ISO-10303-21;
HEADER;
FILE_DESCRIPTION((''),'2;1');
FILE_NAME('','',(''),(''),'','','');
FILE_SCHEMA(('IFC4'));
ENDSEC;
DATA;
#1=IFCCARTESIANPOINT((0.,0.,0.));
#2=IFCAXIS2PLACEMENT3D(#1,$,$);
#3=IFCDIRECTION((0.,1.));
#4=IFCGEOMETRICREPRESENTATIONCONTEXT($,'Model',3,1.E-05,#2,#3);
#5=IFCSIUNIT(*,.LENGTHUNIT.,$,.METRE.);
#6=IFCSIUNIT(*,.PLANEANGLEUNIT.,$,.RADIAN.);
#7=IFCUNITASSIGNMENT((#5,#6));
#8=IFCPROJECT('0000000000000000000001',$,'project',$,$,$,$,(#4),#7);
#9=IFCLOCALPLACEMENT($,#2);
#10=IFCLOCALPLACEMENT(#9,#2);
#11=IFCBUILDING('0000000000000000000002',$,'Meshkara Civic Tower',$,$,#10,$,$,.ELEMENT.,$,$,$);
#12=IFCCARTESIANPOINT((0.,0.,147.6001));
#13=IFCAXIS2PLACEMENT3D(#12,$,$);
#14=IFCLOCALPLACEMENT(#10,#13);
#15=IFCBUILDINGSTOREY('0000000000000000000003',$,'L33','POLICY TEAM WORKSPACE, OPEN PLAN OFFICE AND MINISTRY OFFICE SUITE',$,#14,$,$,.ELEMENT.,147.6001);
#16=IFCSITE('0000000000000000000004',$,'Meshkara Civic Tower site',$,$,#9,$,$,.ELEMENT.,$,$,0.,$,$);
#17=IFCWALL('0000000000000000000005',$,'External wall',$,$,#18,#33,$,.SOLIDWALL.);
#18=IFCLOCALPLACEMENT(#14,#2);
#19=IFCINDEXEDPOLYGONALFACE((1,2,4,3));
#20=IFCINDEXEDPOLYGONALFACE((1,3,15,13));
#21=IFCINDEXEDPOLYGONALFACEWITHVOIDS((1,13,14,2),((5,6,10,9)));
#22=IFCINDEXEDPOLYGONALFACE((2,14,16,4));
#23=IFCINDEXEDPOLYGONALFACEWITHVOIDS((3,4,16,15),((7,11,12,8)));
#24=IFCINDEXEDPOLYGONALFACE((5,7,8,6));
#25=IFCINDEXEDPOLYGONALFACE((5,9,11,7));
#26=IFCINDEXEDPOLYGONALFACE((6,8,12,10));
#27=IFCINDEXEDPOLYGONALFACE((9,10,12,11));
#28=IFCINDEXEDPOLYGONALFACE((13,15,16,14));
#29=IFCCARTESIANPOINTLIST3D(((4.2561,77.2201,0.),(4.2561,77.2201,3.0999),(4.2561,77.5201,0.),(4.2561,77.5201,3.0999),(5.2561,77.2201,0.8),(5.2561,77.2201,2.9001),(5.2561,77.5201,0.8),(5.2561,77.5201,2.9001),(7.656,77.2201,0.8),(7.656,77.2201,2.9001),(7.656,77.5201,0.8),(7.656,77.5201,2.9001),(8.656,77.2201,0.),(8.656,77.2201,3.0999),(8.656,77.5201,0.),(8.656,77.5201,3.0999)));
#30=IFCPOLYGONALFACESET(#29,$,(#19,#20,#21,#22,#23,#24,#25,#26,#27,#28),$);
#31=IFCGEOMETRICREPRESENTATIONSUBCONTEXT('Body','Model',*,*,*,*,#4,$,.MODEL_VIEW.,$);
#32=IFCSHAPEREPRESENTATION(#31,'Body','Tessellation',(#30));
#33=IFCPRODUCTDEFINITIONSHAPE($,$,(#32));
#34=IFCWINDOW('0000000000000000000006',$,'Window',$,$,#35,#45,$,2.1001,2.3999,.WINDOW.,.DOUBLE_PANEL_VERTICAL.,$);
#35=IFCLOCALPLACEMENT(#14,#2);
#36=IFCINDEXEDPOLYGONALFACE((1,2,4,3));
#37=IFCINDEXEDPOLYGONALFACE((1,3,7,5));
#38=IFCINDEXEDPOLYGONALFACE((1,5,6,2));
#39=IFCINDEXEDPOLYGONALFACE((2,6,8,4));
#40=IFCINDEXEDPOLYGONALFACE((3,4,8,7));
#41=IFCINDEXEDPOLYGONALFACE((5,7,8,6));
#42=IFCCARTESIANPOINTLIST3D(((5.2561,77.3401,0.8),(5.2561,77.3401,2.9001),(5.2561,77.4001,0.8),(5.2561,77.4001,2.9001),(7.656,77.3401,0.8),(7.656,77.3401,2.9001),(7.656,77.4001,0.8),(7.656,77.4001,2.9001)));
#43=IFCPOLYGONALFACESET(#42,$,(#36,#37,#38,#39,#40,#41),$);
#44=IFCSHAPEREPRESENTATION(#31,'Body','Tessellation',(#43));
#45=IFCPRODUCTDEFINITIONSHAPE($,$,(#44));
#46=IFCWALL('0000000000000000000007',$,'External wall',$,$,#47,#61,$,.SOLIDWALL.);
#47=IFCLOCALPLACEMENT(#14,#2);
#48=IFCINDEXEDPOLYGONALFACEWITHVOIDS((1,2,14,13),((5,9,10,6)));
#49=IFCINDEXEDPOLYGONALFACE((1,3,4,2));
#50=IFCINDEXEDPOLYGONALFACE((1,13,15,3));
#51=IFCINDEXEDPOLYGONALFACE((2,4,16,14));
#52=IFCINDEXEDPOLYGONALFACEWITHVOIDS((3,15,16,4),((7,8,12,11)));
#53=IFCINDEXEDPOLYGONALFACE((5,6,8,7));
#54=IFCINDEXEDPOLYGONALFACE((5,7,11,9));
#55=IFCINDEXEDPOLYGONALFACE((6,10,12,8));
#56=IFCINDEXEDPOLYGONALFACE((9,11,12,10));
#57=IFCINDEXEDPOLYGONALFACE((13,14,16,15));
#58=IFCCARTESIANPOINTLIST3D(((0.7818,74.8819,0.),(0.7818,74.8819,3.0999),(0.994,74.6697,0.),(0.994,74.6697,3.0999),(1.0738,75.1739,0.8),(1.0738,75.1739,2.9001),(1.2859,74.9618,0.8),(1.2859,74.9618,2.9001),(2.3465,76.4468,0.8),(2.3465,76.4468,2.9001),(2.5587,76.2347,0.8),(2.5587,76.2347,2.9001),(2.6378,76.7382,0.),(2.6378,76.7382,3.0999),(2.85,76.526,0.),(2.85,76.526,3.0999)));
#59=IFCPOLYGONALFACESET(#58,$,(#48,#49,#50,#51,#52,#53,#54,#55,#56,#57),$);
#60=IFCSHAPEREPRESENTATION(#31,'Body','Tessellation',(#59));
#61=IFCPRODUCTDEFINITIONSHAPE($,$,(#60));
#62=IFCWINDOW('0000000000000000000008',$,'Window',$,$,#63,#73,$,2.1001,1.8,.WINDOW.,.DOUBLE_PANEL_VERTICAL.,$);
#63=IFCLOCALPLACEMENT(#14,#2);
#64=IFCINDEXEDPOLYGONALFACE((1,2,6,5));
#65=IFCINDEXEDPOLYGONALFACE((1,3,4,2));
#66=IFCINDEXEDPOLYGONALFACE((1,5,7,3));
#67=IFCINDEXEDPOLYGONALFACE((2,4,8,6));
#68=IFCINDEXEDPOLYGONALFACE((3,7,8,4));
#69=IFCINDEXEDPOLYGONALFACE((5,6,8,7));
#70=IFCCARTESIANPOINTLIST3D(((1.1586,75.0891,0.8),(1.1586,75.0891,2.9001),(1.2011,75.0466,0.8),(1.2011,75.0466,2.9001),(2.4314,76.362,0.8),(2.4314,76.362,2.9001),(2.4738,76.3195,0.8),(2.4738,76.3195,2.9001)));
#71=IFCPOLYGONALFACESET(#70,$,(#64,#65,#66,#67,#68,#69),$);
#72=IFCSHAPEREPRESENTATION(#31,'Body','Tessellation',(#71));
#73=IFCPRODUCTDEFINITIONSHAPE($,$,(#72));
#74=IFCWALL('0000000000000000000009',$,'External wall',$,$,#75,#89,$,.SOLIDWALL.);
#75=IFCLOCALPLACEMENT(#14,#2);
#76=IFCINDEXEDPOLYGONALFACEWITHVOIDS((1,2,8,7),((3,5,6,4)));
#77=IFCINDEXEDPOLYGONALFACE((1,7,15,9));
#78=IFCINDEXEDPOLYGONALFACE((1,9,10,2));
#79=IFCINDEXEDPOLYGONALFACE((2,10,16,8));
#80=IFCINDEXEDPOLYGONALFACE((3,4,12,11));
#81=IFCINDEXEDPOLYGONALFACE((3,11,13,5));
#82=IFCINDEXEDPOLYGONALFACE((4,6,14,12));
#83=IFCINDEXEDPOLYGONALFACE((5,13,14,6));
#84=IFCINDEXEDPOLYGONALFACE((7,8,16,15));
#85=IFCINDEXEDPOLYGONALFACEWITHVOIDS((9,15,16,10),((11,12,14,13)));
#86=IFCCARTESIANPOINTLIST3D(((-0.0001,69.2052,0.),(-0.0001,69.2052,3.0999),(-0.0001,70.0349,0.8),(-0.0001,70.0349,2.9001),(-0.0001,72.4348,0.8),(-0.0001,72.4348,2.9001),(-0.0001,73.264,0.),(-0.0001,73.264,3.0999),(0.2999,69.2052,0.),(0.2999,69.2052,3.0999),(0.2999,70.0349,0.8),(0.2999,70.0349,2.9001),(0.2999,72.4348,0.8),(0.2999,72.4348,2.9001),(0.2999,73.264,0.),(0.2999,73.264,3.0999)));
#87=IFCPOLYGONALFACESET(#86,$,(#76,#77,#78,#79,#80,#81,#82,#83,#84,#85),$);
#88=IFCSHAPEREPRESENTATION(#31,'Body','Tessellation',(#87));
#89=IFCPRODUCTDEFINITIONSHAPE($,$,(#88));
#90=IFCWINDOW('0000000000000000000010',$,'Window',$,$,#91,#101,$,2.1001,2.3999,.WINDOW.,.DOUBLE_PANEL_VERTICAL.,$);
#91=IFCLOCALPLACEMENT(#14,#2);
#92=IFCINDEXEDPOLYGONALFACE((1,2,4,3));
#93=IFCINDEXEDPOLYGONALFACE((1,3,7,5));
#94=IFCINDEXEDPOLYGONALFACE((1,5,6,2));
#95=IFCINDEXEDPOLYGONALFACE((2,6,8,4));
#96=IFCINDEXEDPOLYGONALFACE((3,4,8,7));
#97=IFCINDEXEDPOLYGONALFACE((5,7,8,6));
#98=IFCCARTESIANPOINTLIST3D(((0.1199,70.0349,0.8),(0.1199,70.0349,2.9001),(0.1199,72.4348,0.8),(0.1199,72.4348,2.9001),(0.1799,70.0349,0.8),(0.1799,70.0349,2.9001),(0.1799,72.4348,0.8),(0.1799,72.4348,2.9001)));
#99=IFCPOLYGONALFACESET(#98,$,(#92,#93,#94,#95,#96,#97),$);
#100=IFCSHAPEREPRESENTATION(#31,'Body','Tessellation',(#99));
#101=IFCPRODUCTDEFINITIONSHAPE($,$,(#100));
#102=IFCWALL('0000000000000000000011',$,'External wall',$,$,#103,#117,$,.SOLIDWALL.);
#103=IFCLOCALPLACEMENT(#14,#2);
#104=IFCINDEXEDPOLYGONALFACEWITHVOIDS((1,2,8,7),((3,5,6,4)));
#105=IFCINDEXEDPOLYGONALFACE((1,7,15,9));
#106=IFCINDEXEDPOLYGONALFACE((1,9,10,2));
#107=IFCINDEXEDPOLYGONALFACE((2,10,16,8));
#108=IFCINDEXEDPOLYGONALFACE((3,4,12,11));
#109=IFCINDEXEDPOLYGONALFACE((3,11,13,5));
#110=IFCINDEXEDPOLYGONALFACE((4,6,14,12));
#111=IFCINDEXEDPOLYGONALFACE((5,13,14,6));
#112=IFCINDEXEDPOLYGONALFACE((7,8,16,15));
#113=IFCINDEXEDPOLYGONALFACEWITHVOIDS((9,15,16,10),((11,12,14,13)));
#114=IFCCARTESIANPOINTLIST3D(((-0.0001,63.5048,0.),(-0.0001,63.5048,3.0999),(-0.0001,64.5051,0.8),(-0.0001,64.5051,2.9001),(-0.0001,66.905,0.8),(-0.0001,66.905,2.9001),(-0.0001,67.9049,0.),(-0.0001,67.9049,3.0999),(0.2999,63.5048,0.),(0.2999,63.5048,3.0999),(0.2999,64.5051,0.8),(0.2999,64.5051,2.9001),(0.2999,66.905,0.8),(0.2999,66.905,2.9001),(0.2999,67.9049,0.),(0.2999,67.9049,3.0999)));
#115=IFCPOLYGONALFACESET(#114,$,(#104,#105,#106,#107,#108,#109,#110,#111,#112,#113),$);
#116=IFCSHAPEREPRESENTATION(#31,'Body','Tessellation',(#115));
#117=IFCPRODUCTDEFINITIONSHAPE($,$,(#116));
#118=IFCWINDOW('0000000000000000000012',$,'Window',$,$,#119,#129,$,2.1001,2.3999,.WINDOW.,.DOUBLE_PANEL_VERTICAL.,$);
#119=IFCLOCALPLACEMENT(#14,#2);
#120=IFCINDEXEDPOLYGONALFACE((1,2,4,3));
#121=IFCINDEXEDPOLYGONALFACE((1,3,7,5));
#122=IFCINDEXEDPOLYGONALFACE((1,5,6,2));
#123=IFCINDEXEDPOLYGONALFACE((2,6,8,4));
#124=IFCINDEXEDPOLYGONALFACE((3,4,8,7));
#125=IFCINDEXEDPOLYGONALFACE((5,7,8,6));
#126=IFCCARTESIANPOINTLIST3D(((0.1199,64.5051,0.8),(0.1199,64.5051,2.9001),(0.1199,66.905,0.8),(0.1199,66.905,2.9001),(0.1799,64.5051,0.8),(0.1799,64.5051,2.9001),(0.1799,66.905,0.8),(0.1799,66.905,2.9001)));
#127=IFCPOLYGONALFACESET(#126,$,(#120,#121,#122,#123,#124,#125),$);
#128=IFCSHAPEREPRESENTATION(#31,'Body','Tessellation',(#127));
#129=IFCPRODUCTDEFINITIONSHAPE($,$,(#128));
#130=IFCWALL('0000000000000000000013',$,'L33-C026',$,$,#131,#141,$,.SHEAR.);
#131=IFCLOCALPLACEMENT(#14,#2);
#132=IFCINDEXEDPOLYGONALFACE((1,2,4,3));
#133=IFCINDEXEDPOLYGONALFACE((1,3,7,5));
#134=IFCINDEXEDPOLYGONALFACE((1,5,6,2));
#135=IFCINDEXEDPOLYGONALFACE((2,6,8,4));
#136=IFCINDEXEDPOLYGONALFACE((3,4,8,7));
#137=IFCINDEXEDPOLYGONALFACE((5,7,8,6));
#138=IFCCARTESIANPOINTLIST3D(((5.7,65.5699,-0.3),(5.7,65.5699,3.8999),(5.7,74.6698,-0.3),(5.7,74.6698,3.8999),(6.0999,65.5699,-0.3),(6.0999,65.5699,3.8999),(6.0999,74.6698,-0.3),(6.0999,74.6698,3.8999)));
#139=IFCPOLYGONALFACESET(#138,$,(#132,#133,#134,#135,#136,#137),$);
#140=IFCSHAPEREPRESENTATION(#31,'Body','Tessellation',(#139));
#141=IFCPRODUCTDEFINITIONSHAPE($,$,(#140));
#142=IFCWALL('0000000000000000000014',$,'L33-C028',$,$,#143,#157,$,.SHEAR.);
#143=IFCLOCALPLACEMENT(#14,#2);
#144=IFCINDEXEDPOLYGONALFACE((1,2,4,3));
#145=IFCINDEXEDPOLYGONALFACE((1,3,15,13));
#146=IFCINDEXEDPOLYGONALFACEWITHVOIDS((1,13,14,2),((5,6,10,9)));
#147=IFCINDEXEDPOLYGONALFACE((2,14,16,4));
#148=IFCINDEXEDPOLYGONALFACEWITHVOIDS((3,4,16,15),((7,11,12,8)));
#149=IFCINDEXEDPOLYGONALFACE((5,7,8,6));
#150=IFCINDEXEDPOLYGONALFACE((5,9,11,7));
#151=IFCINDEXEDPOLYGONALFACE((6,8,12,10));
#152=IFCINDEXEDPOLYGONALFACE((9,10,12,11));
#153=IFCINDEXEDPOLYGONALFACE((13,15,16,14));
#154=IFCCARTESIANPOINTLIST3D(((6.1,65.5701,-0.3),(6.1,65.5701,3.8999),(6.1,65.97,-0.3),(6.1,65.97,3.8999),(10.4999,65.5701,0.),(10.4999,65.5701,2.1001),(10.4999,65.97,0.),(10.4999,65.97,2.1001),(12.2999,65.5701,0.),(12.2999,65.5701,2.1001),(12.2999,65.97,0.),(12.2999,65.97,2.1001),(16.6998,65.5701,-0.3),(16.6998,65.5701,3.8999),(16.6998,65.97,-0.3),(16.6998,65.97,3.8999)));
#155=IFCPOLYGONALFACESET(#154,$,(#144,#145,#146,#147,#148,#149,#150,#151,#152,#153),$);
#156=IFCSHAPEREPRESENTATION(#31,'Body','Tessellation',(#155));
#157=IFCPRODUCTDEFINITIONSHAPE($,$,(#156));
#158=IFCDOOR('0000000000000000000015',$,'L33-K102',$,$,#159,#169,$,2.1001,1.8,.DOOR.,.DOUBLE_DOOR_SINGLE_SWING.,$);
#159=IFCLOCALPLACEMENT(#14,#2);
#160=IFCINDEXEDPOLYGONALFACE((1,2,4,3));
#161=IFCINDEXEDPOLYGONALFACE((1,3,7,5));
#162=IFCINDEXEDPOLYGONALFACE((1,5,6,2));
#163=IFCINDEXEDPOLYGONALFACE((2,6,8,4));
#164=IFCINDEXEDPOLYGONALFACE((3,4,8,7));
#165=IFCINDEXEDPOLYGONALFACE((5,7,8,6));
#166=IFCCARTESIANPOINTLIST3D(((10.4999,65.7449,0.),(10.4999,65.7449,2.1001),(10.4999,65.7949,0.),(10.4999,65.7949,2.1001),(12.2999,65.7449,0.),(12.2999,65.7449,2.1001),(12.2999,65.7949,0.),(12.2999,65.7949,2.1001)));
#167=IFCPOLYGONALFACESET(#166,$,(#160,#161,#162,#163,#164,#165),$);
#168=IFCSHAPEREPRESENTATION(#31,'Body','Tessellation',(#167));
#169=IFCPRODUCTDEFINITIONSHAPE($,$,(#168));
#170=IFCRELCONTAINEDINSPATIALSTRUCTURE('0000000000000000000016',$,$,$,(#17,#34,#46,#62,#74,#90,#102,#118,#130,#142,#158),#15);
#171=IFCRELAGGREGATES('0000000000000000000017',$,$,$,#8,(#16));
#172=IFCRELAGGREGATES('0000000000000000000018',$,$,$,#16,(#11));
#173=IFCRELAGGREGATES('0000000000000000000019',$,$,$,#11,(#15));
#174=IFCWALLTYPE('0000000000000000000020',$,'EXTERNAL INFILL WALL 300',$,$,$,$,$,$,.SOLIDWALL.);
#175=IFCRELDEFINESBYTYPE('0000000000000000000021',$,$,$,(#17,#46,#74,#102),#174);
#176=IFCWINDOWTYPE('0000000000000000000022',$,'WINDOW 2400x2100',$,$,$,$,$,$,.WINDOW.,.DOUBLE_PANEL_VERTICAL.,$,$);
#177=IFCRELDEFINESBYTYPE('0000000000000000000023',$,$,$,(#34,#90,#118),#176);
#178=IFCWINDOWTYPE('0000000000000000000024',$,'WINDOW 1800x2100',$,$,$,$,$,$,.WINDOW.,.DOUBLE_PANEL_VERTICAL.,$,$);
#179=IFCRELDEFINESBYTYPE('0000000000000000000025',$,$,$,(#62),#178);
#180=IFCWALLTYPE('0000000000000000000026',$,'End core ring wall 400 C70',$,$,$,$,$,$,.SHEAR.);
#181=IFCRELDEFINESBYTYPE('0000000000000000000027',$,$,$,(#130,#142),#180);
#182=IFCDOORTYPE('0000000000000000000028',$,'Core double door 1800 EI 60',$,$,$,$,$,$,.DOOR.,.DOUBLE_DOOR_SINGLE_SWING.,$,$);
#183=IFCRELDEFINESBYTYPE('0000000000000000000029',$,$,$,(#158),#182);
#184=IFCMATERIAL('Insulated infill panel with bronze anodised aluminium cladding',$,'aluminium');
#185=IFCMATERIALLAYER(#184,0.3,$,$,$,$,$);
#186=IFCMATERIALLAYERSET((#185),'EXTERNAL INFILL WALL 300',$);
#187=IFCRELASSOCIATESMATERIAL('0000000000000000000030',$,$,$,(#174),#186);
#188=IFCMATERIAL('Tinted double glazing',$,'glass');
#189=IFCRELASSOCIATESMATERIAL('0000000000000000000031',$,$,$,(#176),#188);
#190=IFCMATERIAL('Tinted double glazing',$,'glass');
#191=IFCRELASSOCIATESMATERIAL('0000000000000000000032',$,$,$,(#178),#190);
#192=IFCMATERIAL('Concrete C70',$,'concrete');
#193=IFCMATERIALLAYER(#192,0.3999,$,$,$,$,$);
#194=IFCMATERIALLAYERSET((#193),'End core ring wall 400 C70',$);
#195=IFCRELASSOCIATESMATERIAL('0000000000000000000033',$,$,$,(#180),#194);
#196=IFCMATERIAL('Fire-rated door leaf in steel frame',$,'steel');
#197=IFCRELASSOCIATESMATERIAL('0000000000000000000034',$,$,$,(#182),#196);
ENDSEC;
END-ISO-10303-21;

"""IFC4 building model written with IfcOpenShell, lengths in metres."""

from ifc_helpers import new_model, si_unit, direction, frame, frame_2d, origin, place, context, subcontext, project, spatial, rectangle, extrude, material, layer, layer_set, type_object, element, fill, save


model = new_model("IFC4")

# Units and contexts
model_context = context("Model", 3, precision=1e-05, world=origin(), true_north=direction((0.0, 1.0)))
body_context = subcontext(model_context, "Body", "Model", "MODEL_VIEW")
ifc_project = project(units=[si_unit("LENGTHUNIT", "METRE"), si_unit("PLANEANGLEUNIT", "RADIAN")], contexts=[model_context])

# Site, building, storey
site_placement = place(None, origin())
site = spatial("IfcSite", under=ifc_project, at=site_placement, Name="Meshkara Civic Tower site", CompositionType="ELEMENT", RefElevation=0.0)
building_placement = place(site_placement, origin())
building = spatial("IfcBuilding", under=site, at=building_placement, Name="Meshkara Civic Tower", CompositionType="ELEMENT")
storey_placement = place(building_placement, frame((0.0, 0.0, 147.6001)))
storey = spatial("IfcBuildingStorey", under=building, at=storey_placement, Name="L33", Description="POLICY TEAM WORKSPACE, OPEN PLAN OFFICE AND MINISTRY OFFICE SUITE", CompositionType="ELEMENT", Elevation=147.6001)

# Walls, openings, windows
ifc_material_1 = material(Name="Insulated infill panel with bronze anodised aluminium cladding", Category="aluminium")
ifc_layer_1 = layer(ifc_material_1, 0.3)
ifc_layer_set_1 = layer_set([ifc_layer_1], Name="EXTERNAL INFILL WALL 300")
wall_type_1 = type_object("IfcWallType", Name="EXTERNAL INFILL WALL 300", PredefinedType="SOLIDWALL", material=ifc_layer_set_1)
wall_1_placement = place(storey_placement, frame((8.656, 77.3701, 0.0), z_axis=(0.0, 0.0, 1.0), x_axis=(-1.0, 0.0, 0.0)))
wall_1 = element("IfcWall", 1, at=wall_1_placement, inside=storey, type_object=wall_type_1, Name="External wall", PredefinedType="SOLIDWALL", context=body_context, shape_type="SweptSolid", body=[
    extrude(rectangle(XDim=4.3999, YDim=0.3, at=frame_2d((2.2, 0.0))), origin(), (0.0, 0.0, 1.0), 3.0999),
])
opening_1_placement = place(wall_1_placement, frame((1.0, 0.0, 0.8)))
opening_1 = element("IfcOpeningElement", 2, at=opening_1_placement, cuts=wall_1, PredefinedType="OPENING", context=body_context, shape_type="SweptSolid", body=[
    extrude(rectangle(XDim=2.3999, YDim=2.1001, at=frame_2d((1.2, 1.05))), frame((0.0, 0.1599, 0.0), z_axis=(0.0, -1.0, 0.0), x_axis=(1.0, 0.0, 0.0)), (0.0, 0.0, 1.0), 0.3201),
])
ifc_material_2 = material(Name="Tinted double glazing", Category="glass")
window_type_1 = type_object("IfcWindowType", Name="WINDOW 2400x2100", PartitioningType="DOUBLE_PANEL_VERTICAL", PredefinedType="WINDOW", material=ifc_material_2)
window_1_placement = place(opening_1_placement, origin())
window_1 = element("IfcWindow", 3, at=window_1_placement, inside=storey, type_object=window_type_1, Name="Window", OverallHeight=2.1001, OverallWidth=2.3999, PartitioningType="DOUBLE_PANEL_VERTICAL", PredefinedType="WINDOW", context=body_context, shape_type="SweptSolid", body=[
    extrude(rectangle(XDim=2.3999, YDim=2.1001, at=frame_2d((1.2, 1.05))), frame((0.0, 0.03, 0.0), z_axis=(0.0, -1.0, 0.0), x_axis=(1.0, 0.0, 0.0)), (0.0, 0.0, 1.0), 0.0601),
])
fill(opening_1, window_1)
wall_2_placement = place(storey_placement, frame((2.7439, 76.6321, 0.0), z_axis=(0.0, 0.0, 1.0), x_axis=(-0.70706, -0.707153, 0.0)))
wall_2 = element("IfcWall", 4, at=wall_2_placement, inside=storey, type_object=wall_type_1, Name="External wall", PredefinedType="SOLIDWALL", context=body_context, shape_type="SweptSolid", body=[
    extrude(rectangle(XDim=2.625, YDim=0.3, at=frame_2d((1.3125, 0.0))), origin(), (0.0, 0.0, 1.0), 3.0999),
])
opening_2_placement = place(wall_2_placement, frame((0.4121, 0.0, 0.8)))
opening_2 = element("IfcOpeningElement", 5, at=opening_2_placement, cuts=wall_2, PredefinedType="OPENING", context=body_context, shape_type="SweptSolid", body=[
    extrude(rectangle(XDim=1.8, YDim=2.1001, at=frame_2d((0.8999, 1.05))), frame((0.0, 0.1599, 0.0), z_axis=(0.0, -1.0, 0.0), x_axis=(1.0, 0.0, 0.0)), (0.0, 0.0, 1.0), 0.3201),
])
ifc_material_3 = material(Name="Tinted double glazing", Category="glass")
window_type_2 = type_object("IfcWindowType", Name="WINDOW 1800x2100", PartitioningType="DOUBLE_PANEL_VERTICAL", PredefinedType="WINDOW", material=ifc_material_3)
window_2_placement = place(opening_2_placement, origin())
window_2 = element("IfcWindow", 6, at=window_2_placement, inside=storey, type_object=window_type_2, Name="Window", OverallHeight=2.1001, OverallWidth=1.8, PartitioningType="DOUBLE_PANEL_VERTICAL", PredefinedType="WINDOW", context=body_context, shape_type="SweptSolid", body=[
    extrude(rectangle(XDim=1.8, YDim=2.1001, at=frame_2d((0.8999, 1.05))), frame((0.0, 0.03, 0.0), z_axis=(0.0, -1.0, 0.0), x_axis=(1.0, 0.0, 0.0)), (0.0, 0.0, 1.0), 0.0601),
])
fill(opening_2, window_2)
wall_3_placement = place(storey_placement, frame((0.1499, 73.2639, 0.0), z_axis=(0.0, 0.0, 1.0), x_axis=(0.0, -1.0, 0.0)))
wall_3 = element("IfcWall", 7, at=wall_3_placement, inside=storey, type_object=wall_type_1, Name="External wall", PredefinedType="SOLIDWALL", context=body_context, shape_type="SweptSolid", body=[
    extrude(rectangle(XDim=4.0588, YDim=0.3, at=frame_2d((2.0293, 0.0))), origin(), (0.0, 0.0, 1.0), 3.0999),
])
opening_3_placement = place(wall_3_placement, frame((0.8291, 0.0, 0.8)))
opening_3 = element("IfcOpeningElement", 8, at=opening_3_placement, cuts=wall_3, PredefinedType="OPENING", context=body_context, shape_type="SweptSolid", body=[
    extrude(rectangle(XDim=2.3999, YDim=2.1001, at=frame_2d((1.2, 1.05))), frame((0.0, 0.1599, 0.0), z_axis=(0.0, -1.0, 0.0), x_axis=(1.0, 0.0, 0.0)), (0.0, 0.0, 1.0), 0.3201),
])
window_3_placement = place(opening_3_placement, origin())
window_3 = element("IfcWindow", 9, at=window_3_placement, inside=storey, type_object=window_type_1, Name="Window", OverallHeight=2.1001, OverallWidth=2.3999, PartitioningType="DOUBLE_PANEL_VERTICAL", PredefinedType="WINDOW", context=body_context, shape_type="SweptSolid", body=[
    extrude(rectangle(XDim=2.3999, YDim=2.1001, at=frame_2d((1.2, 1.05))), frame((0.0, 0.03, 0.0), z_axis=(0.0, -1.0, 0.0), x_axis=(1.0, 0.0, 0.0)), (0.0, 0.0, 1.0), 0.0601),
])
fill(opening_3, window_3)
wall_4_placement = place(storey_placement, frame((0.1499, 67.905, 0.0), z_axis=(0.0, 0.0, 1.0), x_axis=(0.0, -1.0, 0.0)))
wall_4 = element("IfcWall", 10, at=wall_4_placement, inside=storey, type_object=wall_type_1, Name="External wall", PredefinedType="SOLIDWALL", context=body_context, shape_type="SweptSolid", body=[
    extrude(rectangle(XDim=4.4001, YDim=0.3, at=frame_2d((2.2002, 0.0))), origin(), (0.0, 0.0, 1.0), 3.0999),
])
opening_4_placement = place(wall_4_placement, frame((1.0, 0.0, 0.8)))
opening_4 = element("IfcOpeningElement", 11, at=opening_4_placement, cuts=wall_4, PredefinedType="OPENING", context=body_context, shape_type="SweptSolid", body=[
    extrude(rectangle(XDim=2.3999, YDim=2.1001, at=frame_2d((1.2, 1.05))), frame((0.0, 0.1599, 0.0), z_axis=(0.0, -1.0, 0.0), x_axis=(1.0, 0.0, 0.0)), (0.0, 0.0, 1.0), 0.3201),
])
window_4_placement = place(opening_4_placement, origin())
window_4 = element("IfcWindow", 12, at=window_4_placement, inside=storey, type_object=window_type_1, Name="Window", OverallHeight=2.1001, OverallWidth=2.3999, PartitioningType="DOUBLE_PANEL_VERTICAL", PredefinedType="WINDOW", context=body_context, shape_type="SweptSolid", body=[
    extrude(rectangle(XDim=2.3999, YDim=2.1001, at=frame_2d((1.2, 1.05))), frame((0.0, 0.03, 0.0), z_axis=(0.0, -1.0, 0.0), x_axis=(1.0, 0.0, 0.0)), (0.0, 0.0, 1.0), 0.0601),
])
fill(opening_4, window_4)

# Wall
ifc_material_4 = material(Name="Concrete C70", Category="concrete")
ifc_layer_2 = layer(ifc_material_4, 0.3999)
ifc_layer_set_2 = layer_set([ifc_layer_2], Name="End core ring wall 400 C70")
wall_type_2 = type_object("IfcWallType", Name="End core ring wall 400 C70", PredefinedType="SHEAR", material=ifc_layer_set_2)
wall_5_placement = place(storey_placement, frame((5.8999, 65.5701, -0.3), z_axis=(0.0, 0.0, 1.0), x_axis=(0.0, 1.0, 0.0)))
element("IfcWall", 13, at=wall_5_placement, inside=storey, type_object=wall_type_2, Name="L33-C026", PredefinedType="SHEAR", context=body_context, shape_type="SweptSolid", body=[
    extrude(rectangle(XDim=9.0999, YDim=0.3999, at=frame_2d((4.5498, 0.0))), origin(), (0.0, 0.0, 1.0), 4.2),
])

# Wall, opening, door
wall_6_placement = place(storey_placement, frame((6.1001, 65.77, -0.3), z_axis=(0.0, 0.0, 1.0), x_axis=(1.0, 0.0, 0.0)))
wall_6 = element("IfcWall", 14, at=wall_6_placement, inside=storey, type_object=wall_type_2, Name="L33-C028", PredefinedType="SHEAR", context=body_context, shape_type="SweptSolid", body=[
    extrude(rectangle(XDim=10.5999, YDim=0.3999, at=frame_2d((5.2998, 0.0))), origin(), (0.0, 0.0, 1.0), 4.2),
])
opening_5_placement = place(wall_6_placement, frame((4.3999, 0.0, 0.3)))
opening_5 = element("IfcOpeningElement", 15, at=opening_5_placement, cuts=wall_6, PredefinedType="OPENING", context=body_context, shape_type="SweptSolid", body=[
    extrude(rectangle(XDim=1.8, YDim=2.1001, at=frame_2d((0.8999, 1.05))), frame((0.0, 0.21, 0.0), z_axis=(0.0, -1.0, 0.0), x_axis=(1.0, 0.0, 0.0)), (0.0, 0.0, 1.0), 0.4199),
])
ifc_material_5 = material(Name="Fire-rated door leaf in steel frame", Category="steel")
door_type_1 = type_object("IfcDoorType", Name="Core double door 1800 EI 60", OperationType="DOUBLE_DOOR_SINGLE_SWING", PredefinedType="DOOR", material=ifc_material_5)
door_1_placement = place(opening_5_placement, origin())
door_1 = element("IfcDoor", 16, at=door_1_placement, inside=storey, type_object=door_type_1, Name="L33-K102", OperationType="DOUBLE_DOOR_SINGLE_SWING", OverallHeight=2.1001, OverallWidth=1.8, PredefinedType="DOOR", context=body_context, shape_type="SweptSolid", body=[
    extrude(rectangle(XDim=1.8, YDim=2.1001, at=frame_2d((0.8999, 1.05))), frame((0.0, 0.0249, 0.0), z_axis=(0.0, -1.0, 0.0), x_axis=(1.0, 0.0, 0.0)), (0.0, 0.0, 1.0), 0.05),
])
fill(opening_5, door_1)

save(model, "model.ifc")
